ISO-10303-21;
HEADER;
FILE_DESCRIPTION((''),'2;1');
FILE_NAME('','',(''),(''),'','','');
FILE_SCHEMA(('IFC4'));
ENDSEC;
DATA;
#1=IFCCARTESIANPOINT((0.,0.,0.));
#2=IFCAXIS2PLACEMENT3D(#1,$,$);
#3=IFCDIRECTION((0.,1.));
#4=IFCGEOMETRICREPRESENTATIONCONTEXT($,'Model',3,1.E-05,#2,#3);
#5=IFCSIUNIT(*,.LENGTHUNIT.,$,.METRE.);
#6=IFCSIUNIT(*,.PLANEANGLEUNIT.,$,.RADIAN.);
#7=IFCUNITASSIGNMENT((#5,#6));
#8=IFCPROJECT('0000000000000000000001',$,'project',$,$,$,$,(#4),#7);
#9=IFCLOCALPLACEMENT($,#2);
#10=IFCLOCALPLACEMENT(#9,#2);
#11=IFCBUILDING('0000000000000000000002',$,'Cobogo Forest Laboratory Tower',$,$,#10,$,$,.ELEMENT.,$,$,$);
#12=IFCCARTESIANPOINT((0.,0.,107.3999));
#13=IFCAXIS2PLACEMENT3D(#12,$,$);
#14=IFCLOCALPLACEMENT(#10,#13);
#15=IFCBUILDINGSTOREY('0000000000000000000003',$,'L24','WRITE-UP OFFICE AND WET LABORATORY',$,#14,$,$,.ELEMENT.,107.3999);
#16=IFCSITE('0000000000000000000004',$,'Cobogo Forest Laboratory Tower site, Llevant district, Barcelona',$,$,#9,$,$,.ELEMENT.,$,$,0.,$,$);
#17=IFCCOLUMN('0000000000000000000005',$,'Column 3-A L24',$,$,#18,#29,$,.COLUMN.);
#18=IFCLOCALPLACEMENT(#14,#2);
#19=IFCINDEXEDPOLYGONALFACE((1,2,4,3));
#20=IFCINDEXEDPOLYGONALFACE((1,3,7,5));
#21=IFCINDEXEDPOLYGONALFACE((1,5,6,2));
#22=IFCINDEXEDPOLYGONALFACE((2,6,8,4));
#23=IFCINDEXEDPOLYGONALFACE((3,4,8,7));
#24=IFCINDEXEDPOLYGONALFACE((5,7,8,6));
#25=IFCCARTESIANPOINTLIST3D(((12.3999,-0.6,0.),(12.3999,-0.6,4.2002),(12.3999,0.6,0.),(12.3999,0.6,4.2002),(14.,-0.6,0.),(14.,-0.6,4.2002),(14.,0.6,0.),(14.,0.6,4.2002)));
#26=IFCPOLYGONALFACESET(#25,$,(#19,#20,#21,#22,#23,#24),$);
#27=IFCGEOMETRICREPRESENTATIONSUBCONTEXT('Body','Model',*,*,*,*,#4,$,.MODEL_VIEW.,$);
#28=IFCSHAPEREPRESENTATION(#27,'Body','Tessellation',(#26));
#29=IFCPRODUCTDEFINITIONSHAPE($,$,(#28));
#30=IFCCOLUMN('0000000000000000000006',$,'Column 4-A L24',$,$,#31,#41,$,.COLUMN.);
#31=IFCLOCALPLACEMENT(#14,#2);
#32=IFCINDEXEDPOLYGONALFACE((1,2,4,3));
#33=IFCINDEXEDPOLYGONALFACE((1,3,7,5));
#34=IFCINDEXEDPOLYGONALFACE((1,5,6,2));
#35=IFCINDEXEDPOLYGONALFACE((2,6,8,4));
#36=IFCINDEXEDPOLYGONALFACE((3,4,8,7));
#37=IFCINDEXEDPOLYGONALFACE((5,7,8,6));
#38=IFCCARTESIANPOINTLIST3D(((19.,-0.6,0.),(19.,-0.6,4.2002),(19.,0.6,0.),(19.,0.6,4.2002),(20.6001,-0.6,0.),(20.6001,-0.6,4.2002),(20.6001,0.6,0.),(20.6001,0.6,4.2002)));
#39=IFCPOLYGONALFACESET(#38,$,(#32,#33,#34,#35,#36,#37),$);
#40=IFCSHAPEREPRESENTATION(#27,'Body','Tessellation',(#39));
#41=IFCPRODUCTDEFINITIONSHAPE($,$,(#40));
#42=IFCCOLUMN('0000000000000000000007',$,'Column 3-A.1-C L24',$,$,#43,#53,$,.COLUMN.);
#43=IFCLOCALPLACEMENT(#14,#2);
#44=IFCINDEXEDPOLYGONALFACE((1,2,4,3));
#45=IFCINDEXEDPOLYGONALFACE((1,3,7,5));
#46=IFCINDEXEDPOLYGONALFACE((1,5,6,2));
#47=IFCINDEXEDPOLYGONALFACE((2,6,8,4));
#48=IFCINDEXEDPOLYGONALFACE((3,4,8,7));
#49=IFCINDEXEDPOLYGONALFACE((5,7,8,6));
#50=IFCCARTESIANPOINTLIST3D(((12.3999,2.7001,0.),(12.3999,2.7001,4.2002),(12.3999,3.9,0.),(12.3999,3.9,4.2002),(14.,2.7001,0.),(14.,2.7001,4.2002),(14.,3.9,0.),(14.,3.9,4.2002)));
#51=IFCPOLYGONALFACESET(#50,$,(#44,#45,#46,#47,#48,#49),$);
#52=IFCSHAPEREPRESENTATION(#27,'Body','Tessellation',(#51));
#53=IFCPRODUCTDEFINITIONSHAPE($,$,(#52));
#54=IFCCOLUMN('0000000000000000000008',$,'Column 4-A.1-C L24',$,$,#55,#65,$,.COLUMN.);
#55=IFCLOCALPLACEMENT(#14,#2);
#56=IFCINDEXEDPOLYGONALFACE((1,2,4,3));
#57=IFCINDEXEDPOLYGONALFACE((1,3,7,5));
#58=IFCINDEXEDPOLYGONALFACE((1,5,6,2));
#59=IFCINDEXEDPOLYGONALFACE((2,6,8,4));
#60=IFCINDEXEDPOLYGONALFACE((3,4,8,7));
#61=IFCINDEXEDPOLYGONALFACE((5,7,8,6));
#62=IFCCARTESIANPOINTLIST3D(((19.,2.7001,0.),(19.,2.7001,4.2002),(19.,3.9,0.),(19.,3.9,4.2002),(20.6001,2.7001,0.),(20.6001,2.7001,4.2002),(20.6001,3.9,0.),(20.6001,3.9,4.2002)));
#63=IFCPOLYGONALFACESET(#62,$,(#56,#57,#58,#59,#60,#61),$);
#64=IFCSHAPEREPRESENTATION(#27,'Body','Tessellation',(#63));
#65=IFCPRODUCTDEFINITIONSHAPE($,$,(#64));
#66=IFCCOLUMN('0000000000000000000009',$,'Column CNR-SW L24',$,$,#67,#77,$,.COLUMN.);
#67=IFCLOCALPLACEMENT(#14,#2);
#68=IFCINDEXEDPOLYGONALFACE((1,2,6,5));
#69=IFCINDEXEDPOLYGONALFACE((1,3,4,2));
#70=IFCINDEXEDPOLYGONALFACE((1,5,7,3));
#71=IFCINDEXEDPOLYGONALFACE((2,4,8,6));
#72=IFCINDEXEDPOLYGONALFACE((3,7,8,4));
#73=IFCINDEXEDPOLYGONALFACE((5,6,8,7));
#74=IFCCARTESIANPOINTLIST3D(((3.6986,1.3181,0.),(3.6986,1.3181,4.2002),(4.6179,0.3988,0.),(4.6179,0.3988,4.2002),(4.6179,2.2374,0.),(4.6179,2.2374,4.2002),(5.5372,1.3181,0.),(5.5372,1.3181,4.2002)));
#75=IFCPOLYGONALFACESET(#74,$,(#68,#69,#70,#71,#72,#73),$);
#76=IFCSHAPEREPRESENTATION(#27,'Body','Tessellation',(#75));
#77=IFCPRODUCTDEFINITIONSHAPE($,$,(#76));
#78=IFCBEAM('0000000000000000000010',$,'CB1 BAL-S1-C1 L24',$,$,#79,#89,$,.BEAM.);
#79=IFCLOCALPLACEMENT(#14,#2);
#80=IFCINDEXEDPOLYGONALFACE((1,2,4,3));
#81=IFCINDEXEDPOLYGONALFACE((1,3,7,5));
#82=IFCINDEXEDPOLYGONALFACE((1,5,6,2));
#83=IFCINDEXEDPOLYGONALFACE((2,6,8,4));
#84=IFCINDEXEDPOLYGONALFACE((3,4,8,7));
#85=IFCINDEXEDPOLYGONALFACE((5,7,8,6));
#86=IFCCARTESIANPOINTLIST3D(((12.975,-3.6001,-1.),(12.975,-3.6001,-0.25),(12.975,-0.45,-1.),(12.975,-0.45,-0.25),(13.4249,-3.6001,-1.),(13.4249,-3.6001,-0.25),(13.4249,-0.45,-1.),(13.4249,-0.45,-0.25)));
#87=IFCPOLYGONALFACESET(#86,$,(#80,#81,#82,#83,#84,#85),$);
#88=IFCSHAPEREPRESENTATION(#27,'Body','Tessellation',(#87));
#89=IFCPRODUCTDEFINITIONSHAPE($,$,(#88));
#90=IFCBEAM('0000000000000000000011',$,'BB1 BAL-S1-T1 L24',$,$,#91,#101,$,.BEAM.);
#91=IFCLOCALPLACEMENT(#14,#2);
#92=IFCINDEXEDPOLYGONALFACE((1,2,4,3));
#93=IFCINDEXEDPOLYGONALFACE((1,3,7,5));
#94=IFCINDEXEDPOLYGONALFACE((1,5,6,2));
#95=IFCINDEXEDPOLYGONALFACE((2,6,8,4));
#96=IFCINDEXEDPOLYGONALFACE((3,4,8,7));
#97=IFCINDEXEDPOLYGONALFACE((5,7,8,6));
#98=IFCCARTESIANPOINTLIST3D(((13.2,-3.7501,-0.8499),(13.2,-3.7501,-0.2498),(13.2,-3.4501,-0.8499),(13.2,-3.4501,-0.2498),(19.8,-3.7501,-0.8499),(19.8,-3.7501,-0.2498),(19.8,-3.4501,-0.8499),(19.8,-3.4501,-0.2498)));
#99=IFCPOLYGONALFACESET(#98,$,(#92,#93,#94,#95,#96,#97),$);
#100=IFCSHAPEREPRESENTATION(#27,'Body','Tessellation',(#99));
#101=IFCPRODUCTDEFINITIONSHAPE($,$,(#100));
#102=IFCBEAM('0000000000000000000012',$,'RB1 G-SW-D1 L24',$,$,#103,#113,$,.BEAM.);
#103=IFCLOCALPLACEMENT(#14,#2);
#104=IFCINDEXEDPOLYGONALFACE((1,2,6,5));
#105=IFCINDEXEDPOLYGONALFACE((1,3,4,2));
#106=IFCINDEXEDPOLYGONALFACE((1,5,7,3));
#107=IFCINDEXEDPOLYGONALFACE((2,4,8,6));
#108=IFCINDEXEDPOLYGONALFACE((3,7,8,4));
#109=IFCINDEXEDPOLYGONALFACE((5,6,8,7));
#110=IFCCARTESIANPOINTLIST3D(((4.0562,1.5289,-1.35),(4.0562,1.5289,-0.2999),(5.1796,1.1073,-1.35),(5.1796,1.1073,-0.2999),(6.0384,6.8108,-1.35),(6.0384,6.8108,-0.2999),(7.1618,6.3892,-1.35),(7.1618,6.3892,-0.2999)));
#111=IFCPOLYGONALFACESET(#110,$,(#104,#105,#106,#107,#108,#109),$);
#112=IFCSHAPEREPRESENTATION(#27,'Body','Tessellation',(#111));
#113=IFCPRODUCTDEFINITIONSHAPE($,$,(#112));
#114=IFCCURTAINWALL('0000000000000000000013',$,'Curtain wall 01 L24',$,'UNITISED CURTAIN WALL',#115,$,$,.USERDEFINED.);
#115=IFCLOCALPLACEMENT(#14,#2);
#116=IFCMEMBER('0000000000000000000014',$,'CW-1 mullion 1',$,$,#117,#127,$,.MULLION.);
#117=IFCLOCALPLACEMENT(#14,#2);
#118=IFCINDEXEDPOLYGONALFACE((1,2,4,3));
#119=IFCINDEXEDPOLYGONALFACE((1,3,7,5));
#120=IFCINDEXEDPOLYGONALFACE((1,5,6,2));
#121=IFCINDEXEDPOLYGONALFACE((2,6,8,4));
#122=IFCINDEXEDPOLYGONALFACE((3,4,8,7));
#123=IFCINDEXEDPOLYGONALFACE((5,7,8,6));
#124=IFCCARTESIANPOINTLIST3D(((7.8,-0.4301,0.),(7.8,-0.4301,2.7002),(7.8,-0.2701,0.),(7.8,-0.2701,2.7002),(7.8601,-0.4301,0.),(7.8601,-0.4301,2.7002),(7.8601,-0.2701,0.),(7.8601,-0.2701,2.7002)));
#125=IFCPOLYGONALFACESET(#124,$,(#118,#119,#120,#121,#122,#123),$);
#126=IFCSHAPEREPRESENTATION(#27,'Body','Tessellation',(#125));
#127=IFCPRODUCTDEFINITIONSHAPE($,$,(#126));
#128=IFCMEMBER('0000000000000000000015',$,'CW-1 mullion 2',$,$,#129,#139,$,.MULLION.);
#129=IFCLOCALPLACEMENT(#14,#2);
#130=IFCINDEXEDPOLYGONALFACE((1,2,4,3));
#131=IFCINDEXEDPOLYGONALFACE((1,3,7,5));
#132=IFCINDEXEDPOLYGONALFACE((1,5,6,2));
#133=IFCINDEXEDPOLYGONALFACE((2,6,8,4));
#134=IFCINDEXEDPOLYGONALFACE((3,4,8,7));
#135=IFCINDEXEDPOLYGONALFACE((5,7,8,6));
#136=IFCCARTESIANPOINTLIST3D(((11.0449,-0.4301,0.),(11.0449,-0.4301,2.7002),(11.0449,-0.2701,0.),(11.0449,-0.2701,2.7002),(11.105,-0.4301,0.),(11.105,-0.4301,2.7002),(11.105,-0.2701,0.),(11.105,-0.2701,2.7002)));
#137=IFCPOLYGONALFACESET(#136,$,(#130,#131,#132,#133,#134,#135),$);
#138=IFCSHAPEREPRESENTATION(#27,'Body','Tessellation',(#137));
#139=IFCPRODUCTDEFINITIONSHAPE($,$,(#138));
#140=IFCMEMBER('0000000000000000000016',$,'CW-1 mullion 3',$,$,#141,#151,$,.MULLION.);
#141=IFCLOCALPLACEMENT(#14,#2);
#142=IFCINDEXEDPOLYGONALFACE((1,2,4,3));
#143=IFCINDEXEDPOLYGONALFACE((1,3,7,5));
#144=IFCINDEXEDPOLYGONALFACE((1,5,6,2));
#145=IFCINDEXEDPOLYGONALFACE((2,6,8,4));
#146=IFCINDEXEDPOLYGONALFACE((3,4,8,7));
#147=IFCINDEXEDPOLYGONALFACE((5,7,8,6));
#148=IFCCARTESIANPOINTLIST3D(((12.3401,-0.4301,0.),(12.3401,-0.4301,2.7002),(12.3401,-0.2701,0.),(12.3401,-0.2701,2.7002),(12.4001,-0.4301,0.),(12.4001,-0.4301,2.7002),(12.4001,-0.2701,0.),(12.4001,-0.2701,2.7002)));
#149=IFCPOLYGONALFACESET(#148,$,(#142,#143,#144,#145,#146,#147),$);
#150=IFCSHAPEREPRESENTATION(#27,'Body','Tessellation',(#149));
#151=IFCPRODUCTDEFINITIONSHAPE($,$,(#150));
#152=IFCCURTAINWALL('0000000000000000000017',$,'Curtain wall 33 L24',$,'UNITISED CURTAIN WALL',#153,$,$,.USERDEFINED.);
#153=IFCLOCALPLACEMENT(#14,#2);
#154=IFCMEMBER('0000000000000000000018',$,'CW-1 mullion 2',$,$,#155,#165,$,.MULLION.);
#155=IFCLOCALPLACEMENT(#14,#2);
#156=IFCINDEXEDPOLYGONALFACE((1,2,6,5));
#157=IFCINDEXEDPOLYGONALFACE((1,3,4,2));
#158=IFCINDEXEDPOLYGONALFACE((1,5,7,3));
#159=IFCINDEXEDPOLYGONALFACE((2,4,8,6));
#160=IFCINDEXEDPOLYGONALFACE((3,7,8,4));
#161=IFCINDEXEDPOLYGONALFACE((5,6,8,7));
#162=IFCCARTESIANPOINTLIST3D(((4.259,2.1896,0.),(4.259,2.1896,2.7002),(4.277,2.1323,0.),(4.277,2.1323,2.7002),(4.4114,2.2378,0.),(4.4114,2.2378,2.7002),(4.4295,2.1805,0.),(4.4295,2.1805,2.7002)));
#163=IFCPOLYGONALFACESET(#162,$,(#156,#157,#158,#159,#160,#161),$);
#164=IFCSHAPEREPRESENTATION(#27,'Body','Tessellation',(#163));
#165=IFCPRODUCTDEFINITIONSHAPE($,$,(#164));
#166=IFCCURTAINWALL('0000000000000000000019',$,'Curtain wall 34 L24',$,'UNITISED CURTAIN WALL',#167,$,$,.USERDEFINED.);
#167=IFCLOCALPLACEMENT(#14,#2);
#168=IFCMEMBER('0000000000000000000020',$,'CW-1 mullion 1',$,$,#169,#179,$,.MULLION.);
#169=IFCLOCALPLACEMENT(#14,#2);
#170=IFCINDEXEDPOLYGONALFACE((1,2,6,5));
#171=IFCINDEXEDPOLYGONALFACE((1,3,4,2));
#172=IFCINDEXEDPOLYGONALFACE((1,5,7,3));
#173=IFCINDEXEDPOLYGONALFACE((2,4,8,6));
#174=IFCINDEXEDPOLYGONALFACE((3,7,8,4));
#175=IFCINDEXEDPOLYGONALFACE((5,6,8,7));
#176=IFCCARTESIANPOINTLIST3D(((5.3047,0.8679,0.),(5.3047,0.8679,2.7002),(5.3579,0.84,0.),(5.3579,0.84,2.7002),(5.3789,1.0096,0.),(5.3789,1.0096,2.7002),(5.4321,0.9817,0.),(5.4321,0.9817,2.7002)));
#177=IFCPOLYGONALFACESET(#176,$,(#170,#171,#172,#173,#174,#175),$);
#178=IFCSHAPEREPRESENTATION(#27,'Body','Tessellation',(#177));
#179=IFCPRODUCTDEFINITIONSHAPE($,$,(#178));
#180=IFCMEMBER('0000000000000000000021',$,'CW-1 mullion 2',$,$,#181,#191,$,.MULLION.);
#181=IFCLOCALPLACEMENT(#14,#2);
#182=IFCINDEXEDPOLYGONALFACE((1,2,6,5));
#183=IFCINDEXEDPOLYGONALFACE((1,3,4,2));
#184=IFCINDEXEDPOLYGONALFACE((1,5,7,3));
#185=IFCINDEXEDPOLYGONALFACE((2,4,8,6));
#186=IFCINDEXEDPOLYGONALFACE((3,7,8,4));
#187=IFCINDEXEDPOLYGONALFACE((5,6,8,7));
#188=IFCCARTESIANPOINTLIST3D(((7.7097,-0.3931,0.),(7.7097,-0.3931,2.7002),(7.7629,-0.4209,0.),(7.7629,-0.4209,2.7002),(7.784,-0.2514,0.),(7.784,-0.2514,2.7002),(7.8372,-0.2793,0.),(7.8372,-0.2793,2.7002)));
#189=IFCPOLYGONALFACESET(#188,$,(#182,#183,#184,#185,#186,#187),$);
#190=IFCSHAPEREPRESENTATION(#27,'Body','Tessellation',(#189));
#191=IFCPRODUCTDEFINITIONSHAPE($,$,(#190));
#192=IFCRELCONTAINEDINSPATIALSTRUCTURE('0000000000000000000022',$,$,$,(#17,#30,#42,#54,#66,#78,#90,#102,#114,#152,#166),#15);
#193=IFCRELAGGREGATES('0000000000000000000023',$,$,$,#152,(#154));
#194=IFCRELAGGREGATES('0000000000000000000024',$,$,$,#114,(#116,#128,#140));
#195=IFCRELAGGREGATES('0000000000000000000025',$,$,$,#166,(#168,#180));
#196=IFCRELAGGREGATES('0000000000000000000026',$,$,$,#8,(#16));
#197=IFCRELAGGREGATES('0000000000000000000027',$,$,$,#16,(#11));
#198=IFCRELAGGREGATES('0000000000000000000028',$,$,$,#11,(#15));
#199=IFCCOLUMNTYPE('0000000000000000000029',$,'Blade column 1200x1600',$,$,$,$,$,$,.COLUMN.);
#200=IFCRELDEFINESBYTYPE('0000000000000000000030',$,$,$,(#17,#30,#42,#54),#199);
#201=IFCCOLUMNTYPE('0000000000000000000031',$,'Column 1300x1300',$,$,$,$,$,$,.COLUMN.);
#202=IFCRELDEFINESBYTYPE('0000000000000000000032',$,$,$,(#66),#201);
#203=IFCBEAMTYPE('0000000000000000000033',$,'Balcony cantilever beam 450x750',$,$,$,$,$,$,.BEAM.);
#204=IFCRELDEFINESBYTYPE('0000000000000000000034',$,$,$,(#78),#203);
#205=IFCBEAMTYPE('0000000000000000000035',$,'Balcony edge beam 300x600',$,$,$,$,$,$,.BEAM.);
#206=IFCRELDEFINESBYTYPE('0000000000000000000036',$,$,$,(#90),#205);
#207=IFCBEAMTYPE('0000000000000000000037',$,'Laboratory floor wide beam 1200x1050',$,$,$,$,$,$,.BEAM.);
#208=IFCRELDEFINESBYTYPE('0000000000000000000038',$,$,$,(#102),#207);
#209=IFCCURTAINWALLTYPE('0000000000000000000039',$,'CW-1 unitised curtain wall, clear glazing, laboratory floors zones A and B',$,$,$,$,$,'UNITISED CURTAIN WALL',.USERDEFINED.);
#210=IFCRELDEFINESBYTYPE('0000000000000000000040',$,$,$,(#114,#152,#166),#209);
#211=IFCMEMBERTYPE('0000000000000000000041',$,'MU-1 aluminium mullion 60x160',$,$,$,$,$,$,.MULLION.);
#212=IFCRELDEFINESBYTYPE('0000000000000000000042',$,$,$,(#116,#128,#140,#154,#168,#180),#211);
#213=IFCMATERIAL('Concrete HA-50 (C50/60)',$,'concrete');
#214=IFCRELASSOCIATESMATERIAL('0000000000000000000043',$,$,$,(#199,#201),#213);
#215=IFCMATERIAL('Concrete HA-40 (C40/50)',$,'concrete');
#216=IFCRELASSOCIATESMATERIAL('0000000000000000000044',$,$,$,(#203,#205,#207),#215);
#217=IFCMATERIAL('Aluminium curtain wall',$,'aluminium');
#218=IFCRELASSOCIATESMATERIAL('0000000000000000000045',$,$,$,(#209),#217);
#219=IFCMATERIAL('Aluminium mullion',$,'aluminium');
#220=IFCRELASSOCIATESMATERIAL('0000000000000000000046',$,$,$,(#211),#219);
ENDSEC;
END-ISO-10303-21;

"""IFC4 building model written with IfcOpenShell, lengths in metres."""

from ifc_helpers import new_model, si_unit, direction, frame, origin, origin_2d, place, context, subcontext, project, spatial, rectangle, extrude, material, material_profile, profile_set, type_object, element, aggregate, save


model = new_model("IFC4")

# Units and contexts
model_context = context("Model", 3, precision=1e-05, world=origin(), true_north=direction((0.0, 1.0)))
body_context = subcontext(model_context, "Body", "Model", "MODEL_VIEW")
ifc_project = project(units=[si_unit("LENGTHUNIT", "METRE"), si_unit("PLANEANGLEUNIT", "RADIAN")], contexts=[model_context])

# Site, building, storey
site_placement = place(None, origin())
site = spatial("IfcSite", under=ifc_project, at=site_placement, Name="Cobogo Forest Laboratory Tower site, Llevant district, Barcelona", CompositionType="ELEMENT", RefElevation=0.0)
building_placement = place(site_placement, origin())
building = spatial("IfcBuilding", under=site, at=building_placement, Name="Cobogo Forest Laboratory Tower", CompositionType="ELEMENT")
storey_placement = place(building_placement, frame((0.0, 0.0, 107.3999)))
storey = spatial("IfcBuildingStorey", under=building, at=storey_placement, Name="L24", Description="WRITE-UP OFFICE AND WET LABORATORY", CompositionType="ELEMENT", Elevation=107.3999)

# Columns
ifc_material_1 = material(Name="Concrete HA-50 (C50/60)", Category="concrete")
ifc_material_profile_1 = material_profile(ifc_material_1, rectangle(XDim=1.6001, YDim=1.2, at=origin_2d()), Name="RC 1200x1600")
ifc_profile_set_1 = profile_set([ifc_material_profile_1], Name="Concrete HA-50 (C50/60)")
column_type_1 = type_object("IfcColumnType", Name="Blade column 1200x1600", PredefinedType="COLUMN", material=ifc_profile_set_1)
for number, where, z_axis, x_axis, name in (
    (1, (13.2, 0.0, 0.0), (0.0, 0.0, 1.0), (1.0, 0.0, 0.0), "Column 3-A L24"),
    (2, (19.8, 0.0, 0.0), (0.0, 0.0, 1.0), (1.0, 0.0, 0.0), "Column 4-A L24"),
    (3, (13.2, 3.3, 0.0), (0.0, 0.0, 1.0), (1.0, 0.0, 0.0), "Column 3-A.1-C L24"),
    (4, (19.8, 3.3, 0.0), (0.0, 0.0, 1.0), (1.0, 0.0, 0.0), "Column 4-A.1-C L24"),
):
    element("IfcColumn", number, at=place(storey_placement, frame(where, z_axis=z_axis, x_axis=x_axis)), inside=storey, type_object=column_type_1, Name=name, PredefinedType="COLUMN", context=body_context, shape_type="SweptSolid", body=[
        extrude(rectangle(XDim=1.6001, YDim=1.2, at=origin_2d()), origin(), (0.0, 0.0, 1.0), 4.2002),
    ])
ifc_material_profile_2 = material_profile(ifc_material_1, rectangle(XDim=1.3, YDim=1.3, at=origin_2d()), Name="RC 1300x1300")
ifc_profile_set_2 = profile_set([ifc_material_profile_2], Name="Concrete HA-50 (C50/60)")
column_type_2 = type_object("IfcColumnType", Name="Column 1300x1300", PredefinedType="COLUMN", material=ifc_profile_set_2)
column_placement = place(storey_placement, frame((4.6179, 1.3181, 0.0), z_axis=(0.0, 0.0, 1.0), x_axis=(0.707107, 0.707107, 0.0)))
element("IfcColumn", 5, at=column_placement, inside=storey, type_object=column_type_2, Name="Column CNR-SW L24", PredefinedType="COLUMN", context=body_context, shape_type="SweptSolid", body=[
    extrude(rectangle(XDim=1.3, YDim=1.3, at=origin_2d()), origin(), (0.0, 0.0, 1.0), 4.2002),
])

# Beams
ifc_material_2 = material(Name="Concrete HA-40 (C40/50)", Category="concrete")
ifc_material_profile_3 = material_profile(ifc_material_2, rectangle(XDim=0.45, YDim=0.75, at=origin_2d()), Name="RC 450x750")
ifc_profile_set_3 = profile_set([ifc_material_profile_3], Name="Concrete HA-40 (C40/50)")
beam_type_1 = type_object("IfcBeamType", Name="Balcony cantilever beam 450x750", PredefinedType="BEAM", material=ifc_profile_set_3)
beam_1_placement = place(storey_placement, frame((13.2, -0.45, -0.625), z_axis=(0.0, -1.0, 0.0), x_axis=(1.0, 0.0, 0.0)))
element("IfcBeam", 6, at=beam_1_placement, inside=storey, type_object=beam_type_1, Name="CB1 BAL-S1-C1 L24", PredefinedType="BEAM", context=body_context, shape_type="SweptSolid", body=[
    extrude(rectangle(XDim=0.45, YDim=0.75, at=origin_2d()), origin(), (0.0, 0.0, 1.0), 3.1501),
])
ifc_material_profile_4 = material_profile(ifc_material_2, rectangle(XDim=0.3, YDim=0.6001, at=origin_2d()), Name="RC 300x600")
ifc_profile_set_4 = profile_set([ifc_material_profile_4], Name="Concrete HA-40 (C40/50)")
beam_type_2 = type_object("IfcBeamType", Name="Balcony edge beam 300x600", PredefinedType="BEAM", material=ifc_profile_set_4)
beam_2_placement = place(storey_placement, frame((13.2, -3.6001, -0.5498), z_axis=(1.0, 0.0, 0.0), x_axis=(0.0, 1.0, 0.0)))
element("IfcBeam", 7, at=beam_2_placement, inside=storey, type_object=beam_type_2, Name="BB1 BAL-S1-T1 L24", PredefinedType="BEAM", context=body_context, shape_type="SweptSolid", body=[
    extrude(rectangle(XDim=0.3, YDim=0.6001, at=origin_2d()), origin(), (0.0, 0.0, 1.0), 6.6001),
])
ifc_material_profile_5 = material_profile(ifc_material_2, rectangle(XDim=1.2, YDim=1.05, at=origin_2d()), Name="RC 1200x1050")
ifc_profile_set_5 = profile_set([ifc_material_profile_5], Name="Concrete HA-40 (C40/50)")
beam_type_3 = type_object("IfcBeamType", Name="Laboratory floor wide beam 1200x1050", PredefinedType="BEAM", material=ifc_profile_set_5)
beam_3_placement = place(storey_placement, frame((4.6179, 1.3181, -0.825), z_axis=(0.351346, 0.936246, 0.0), x_axis=(-0.936246, 0.351346, 0.0)))
element("IfcBeam", 8, at=beam_3_placement, inside=storey, type_object=beam_type_3, Name="RB1 G-SW-D1 L24", PredefinedType="BEAM", context=body_context, shape_type="SweptSolid", body=[
    extrude(rectangle(XDim=1.2, YDim=1.05, at=origin_2d()), origin(), (0.0, 0.0, 1.0), 5.6416),
])

# Curtain wall, members
ifc_material_3 = material(Name="Aluminium curtain wall", Category="aluminium")
curtain_wall_type = type_object("IfcCurtainWallType", Name="CW-1 unitised curtain wall, clear glazing, laboratory floors zones A and B", ElementType="UNITISED CURTAIN WALL", PredefinedType="USERDEFINED", material=ifc_material_3)
curtain_wall_1_placement = place(storey_placement, origin())
curtain_wall_1 = element("IfcCurtainWall", 9, at=curtain_wall_1_placement, inside=storey, type_object=curtain_wall_type, Name="Curtain wall 01 L24", ObjectType="UNITISED CURTAIN WALL", PredefinedType="USERDEFINED")
ifc_material_4 = material(Name="Aluminium mullion", Category="aluminium")
ifc_material_profile_6 = material_profile(ifc_material_4, rectangle(XDim=0.0601, YDim=0.1599, at=origin_2d()), Name="AL 60x160")
ifc_profile_set_6 = profile_set([ifc_material_profile_6], Name="Aluminium mullion")
member_type_1 = type_object("IfcMemberType", Name="MU-1 aluminium mullion 60x160", PredefinedType="MULLION", material=ifc_profile_set_6)
member_1_placement = place(storey_placement, frame((7.8301, -0.3501, 0.0), z_axis=(0.0, 0.0, 1.0), x_axis=(1.0, 0.0, 0.0)))
member_1 = element("IfcMember", 10, at=member_1_placement, type_object=member_type_1, Name="CW-1 mullion 1", PredefinedType="MULLION", context=body_context, shape_type="SweptSolid", body=[
    extrude(rectangle(XDim=0.0601, YDim=0.1599, at=origin_2d()), origin(), (0.0, 0.0, 1.0), 2.7002),
])
member_2_placement = place(storey_placement, frame((11.075, -0.3501, 0.0), z_axis=(0.0, 0.0, 1.0), x_axis=(1.0, 0.0, 0.0)))
member_2 = element("IfcMember", 11, at=member_2_placement, type_object=member_type_1, Name="CW-1 mullion 2", PredefinedType="MULLION", context=body_context, shape_type="SweptSolid", body=[
    extrude(rectangle(XDim=0.0601, YDim=0.1599, at=origin_2d()), origin(), (0.0, 0.0, 1.0), 2.7002),
])
member_3_placement = place(storey_placement, frame((12.3701, -0.3501, 0.0), z_axis=(0.0, 0.0, 1.0), x_axis=(1.0, 0.0, 0.0)))
member_3 = element("IfcMember", 12, at=member_3_placement, type_object=member_type_1, Name="CW-1 mullion 3", PredefinedType="MULLION", context=body_context, shape_type="SweptSolid", body=[
    extrude(rectangle(XDim=0.0601, YDim=0.1599, at=origin_2d()), origin(), (0.0, 0.0, 1.0), 2.7002),
])

# Curtain wall, member
curtain_wall_2_placement = place(storey_placement, origin())
curtain_wall_2 = element("IfcCurtainWall", 13, at=curtain_wall_2_placement, inside=storey, type_object=curtain_wall_type, Name="Curtain wall 33 L24", ObjectType="UNITISED CURTAIN WALL", PredefinedType="USERDEFINED")
member_4_placement = place(storey_placement, frame((4.3442, 2.1851, 0.0), z_axis=(0.0, 0.0, 1.0), x_axis=(0.301135, -0.953581, 0.0)))
member_4 = element("IfcMember", 14, at=member_4_placement, type_object=member_type_1, Name="CW-1 mullion 2", PredefinedType="MULLION", context=body_context, shape_type="SweptSolid", body=[
    extrude(rectangle(XDim=0.0601, YDim=0.1599, at=origin_2d()), origin(), (0.0, 0.0, 1.0), 2.7002),
])
aggregate(curtain_wall_2, [member_4])

# Curtain wall, members
curtain_wall_3_placement = place(storey_placement, origin())
curtain_wall_3 = element("IfcCurtainWall", 15, at=curtain_wall_3_placement, inside=storey, type_object=curtain_wall_type, Name="Curtain wall 34 L24", ObjectType="UNITISED CURTAIN WALL", PredefinedType="USERDEFINED")
member_5_placement = place(storey_placement, frame((5.3684, 0.9248, 0.0), z_axis=(0.0, 0.0, 1.0), x_axis=(0.885687, -0.464284, 0.0)))
member_5 = element("IfcMember", 16, at=member_5_placement, type_object=member_type_1, Name="CW-1 mullion 1", PredefinedType="MULLION", context=body_context, shape_type="SweptSolid", body=[
    extrude(rectangle(XDim=0.0601, YDim=0.1599, at=origin_2d()), origin(), (0.0, 0.0, 1.0), 2.7002),
])
member_6_placement = place(storey_placement, frame((7.7734, -0.3362, 0.0), z_axis=(0.0, 0.0, 1.0), x_axis=(0.885687, -0.464284, 0.0)))
member_6 = element("IfcMember", 17, at=member_6_placement, type_object=member_type_1, Name="CW-1 mullion 2", PredefinedType="MULLION", context=body_context, shape_type="SweptSolid", body=[
    extrude(rectangle(XDim=0.0601, YDim=0.1599, at=origin_2d()), origin(), (0.0, 0.0, 1.0), 2.7002),
])

aggregate(curtain_wall_1, [member_1, member_2, member_3])
aggregate(curtain_wall_3, [member_5, member_6])

save(model, "model.ifc")
